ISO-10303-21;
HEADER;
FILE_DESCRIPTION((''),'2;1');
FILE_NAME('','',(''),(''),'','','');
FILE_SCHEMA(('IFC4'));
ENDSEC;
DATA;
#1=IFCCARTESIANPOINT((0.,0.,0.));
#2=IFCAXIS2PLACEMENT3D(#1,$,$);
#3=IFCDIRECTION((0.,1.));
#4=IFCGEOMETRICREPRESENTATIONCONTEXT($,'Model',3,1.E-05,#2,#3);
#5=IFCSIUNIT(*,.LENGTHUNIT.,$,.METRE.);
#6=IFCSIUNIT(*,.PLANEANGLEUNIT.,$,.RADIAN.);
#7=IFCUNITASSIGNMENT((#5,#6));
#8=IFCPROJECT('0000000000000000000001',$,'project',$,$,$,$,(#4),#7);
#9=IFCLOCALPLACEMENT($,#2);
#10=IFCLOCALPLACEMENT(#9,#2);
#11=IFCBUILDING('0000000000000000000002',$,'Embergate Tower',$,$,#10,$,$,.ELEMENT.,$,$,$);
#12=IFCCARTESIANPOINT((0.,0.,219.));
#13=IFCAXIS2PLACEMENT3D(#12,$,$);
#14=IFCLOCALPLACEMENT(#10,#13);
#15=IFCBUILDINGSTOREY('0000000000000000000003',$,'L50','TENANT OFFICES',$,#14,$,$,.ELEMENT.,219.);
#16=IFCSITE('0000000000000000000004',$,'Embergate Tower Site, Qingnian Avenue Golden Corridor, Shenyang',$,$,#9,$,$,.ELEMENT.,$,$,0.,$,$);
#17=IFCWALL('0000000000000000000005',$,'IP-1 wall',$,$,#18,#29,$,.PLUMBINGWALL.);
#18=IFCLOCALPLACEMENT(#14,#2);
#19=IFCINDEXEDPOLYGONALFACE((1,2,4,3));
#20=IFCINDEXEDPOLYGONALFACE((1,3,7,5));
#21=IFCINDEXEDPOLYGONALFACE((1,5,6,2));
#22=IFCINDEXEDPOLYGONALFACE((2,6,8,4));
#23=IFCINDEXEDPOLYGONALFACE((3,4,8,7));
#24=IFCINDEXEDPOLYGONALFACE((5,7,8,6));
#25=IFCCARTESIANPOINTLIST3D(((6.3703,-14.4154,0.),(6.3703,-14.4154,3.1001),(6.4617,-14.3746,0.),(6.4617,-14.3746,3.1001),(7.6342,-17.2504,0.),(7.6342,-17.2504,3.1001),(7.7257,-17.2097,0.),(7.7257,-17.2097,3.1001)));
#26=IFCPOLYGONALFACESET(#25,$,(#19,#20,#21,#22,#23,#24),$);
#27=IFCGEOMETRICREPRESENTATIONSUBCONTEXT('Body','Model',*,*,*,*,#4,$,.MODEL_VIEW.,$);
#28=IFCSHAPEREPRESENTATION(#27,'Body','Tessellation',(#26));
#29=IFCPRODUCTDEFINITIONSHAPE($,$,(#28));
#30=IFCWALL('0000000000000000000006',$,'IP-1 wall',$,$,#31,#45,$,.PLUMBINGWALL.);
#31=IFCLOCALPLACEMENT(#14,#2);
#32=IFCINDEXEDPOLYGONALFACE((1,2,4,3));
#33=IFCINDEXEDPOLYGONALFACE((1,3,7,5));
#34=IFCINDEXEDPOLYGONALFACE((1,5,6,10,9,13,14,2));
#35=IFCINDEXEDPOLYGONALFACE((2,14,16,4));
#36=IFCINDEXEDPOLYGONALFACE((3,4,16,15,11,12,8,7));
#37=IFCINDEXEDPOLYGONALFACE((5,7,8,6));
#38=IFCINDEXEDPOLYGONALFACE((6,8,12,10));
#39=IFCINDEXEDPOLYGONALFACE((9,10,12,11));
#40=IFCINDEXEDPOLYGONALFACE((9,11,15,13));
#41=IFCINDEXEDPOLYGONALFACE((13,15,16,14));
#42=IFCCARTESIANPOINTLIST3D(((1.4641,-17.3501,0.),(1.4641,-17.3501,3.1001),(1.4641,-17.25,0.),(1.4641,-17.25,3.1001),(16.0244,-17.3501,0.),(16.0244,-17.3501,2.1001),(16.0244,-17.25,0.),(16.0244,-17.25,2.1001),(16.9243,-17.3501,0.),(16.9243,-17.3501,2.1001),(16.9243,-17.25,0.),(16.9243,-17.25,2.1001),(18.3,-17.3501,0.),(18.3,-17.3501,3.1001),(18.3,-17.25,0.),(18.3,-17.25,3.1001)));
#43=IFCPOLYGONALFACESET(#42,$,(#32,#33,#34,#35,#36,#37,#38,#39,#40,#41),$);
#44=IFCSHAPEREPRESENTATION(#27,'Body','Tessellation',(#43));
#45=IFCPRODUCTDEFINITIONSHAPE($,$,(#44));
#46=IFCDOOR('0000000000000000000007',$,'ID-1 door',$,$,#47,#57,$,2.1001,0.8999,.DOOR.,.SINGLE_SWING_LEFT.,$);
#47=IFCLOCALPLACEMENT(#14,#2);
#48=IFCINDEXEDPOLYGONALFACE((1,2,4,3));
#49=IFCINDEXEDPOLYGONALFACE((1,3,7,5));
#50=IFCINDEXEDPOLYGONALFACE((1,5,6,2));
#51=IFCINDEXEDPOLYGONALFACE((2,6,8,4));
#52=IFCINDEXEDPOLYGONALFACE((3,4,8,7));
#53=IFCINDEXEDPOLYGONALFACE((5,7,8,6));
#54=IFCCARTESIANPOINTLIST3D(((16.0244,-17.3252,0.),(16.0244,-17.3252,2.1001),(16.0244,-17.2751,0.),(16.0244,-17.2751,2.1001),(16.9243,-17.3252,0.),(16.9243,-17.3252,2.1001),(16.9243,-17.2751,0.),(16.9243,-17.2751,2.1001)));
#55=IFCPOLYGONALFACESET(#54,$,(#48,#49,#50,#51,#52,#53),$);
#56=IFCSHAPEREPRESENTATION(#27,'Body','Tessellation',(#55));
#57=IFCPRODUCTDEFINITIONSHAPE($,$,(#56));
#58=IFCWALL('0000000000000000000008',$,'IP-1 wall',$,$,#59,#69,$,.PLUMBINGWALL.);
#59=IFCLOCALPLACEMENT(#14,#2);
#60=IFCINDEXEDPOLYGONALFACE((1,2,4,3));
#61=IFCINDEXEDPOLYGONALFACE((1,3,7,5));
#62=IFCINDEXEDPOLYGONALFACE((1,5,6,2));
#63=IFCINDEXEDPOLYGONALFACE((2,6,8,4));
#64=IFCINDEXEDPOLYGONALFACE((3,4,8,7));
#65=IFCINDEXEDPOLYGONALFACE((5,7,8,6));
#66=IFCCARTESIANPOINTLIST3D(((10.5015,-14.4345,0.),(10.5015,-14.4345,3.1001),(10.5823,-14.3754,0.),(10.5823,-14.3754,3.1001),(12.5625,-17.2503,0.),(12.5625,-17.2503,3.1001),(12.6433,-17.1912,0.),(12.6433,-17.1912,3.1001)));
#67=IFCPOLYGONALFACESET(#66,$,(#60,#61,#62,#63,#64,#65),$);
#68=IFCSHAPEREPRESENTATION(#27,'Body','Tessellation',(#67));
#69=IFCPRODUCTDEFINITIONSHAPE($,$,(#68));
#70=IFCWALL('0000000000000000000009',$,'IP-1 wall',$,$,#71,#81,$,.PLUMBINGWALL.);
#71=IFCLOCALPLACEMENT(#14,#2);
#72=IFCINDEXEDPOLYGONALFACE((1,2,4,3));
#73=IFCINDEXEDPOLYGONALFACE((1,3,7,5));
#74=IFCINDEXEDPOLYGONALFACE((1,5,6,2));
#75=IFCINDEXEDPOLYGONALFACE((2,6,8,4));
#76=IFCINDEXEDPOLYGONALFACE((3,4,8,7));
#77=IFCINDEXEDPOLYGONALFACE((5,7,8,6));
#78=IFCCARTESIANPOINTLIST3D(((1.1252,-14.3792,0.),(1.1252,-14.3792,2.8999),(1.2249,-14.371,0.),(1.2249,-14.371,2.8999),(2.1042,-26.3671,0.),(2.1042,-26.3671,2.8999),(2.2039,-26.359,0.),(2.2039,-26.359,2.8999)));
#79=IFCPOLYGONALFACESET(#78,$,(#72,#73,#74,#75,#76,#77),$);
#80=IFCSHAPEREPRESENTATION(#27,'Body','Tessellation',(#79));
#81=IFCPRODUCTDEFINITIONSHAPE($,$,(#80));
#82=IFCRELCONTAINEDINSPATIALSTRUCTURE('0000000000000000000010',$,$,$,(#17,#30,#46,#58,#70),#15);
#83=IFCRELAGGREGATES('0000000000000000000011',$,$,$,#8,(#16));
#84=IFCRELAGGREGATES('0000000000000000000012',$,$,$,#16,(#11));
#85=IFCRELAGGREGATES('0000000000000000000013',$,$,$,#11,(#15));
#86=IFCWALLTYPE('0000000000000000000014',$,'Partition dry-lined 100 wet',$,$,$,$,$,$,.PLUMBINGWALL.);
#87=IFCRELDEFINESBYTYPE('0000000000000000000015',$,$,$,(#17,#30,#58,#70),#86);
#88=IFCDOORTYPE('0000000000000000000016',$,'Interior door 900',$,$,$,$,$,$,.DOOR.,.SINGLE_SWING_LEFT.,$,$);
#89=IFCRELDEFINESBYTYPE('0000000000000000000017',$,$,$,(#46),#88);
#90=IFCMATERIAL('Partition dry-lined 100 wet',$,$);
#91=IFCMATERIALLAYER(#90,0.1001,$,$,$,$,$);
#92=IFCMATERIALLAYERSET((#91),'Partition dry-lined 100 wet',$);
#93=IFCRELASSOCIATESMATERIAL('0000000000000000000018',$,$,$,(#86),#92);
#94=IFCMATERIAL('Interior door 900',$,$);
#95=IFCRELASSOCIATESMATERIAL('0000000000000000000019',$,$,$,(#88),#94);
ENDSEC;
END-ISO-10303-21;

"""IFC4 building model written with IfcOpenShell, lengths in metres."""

from ifc_helpers import new_model, si_unit, direction, frame, frame_2d, origin, place, context, subcontext, project, spatial, rectangle, extrude, source, transform, mapped, material, layer, layer_set, type_object, element, fill, save


model = new_model("IFC4")

# Units and contexts
model_context = context("Model", 3, precision=1e-05, world=origin(), true_north=direction((0.0, 1.0)))
body_context = subcontext(model_context, "Body", "Model", "MODEL_VIEW")
ifc_project = project(units=[si_unit("LENGTHUNIT", "METRE"), si_unit("PLANEANGLEUNIT", "RADIAN")], contexts=[model_context])

# Site, building, storey
site_placement = place(None, origin())
site = spatial("IfcSite", under=ifc_project, at=site_placement, Name="Embergate Tower Site, Qingnian Avenue Golden Corridor, Shenyang", CompositionType="ELEMENT", RefElevation=0.0)
building_placement = place(site_placement, origin())
building = spatial("IfcBuilding", under=site, at=building_placement, Name="Embergate Tower", CompositionType="ELEMENT")
storey_placement = place(building_placement, frame((0.0, 0.0, 219.0)))
storey = spatial("IfcBuildingStorey", under=building, at=storey_placement, Name="L50", Description="TENANT OFFICES", CompositionType="ELEMENT", Elevation=219.0)

# Shared definitions
shared_shape_1 = source(origin(), body_context, "Body", "SweptSolid", [
    extrude(rectangle(XDim=0.8999, YDim=2.1001, at=frame_2d((0.45, 1.05))), frame((0.0, 0.0249, 0.0), z_axis=(0.0, -1.0, 0.0), x_axis=(1.0, 0.0, 0.0)), (0.0, 0.0, 1.0), 0.05),
])

# Wall
ifc_material_1 = material(Name="Partition dry-lined 100 wet")
ifc_layer_1 = layer(ifc_material_1, 0.1001)
ifc_layer_set_1 = layer_set([ifc_layer_1], Name="Partition dry-lined 100 wet")
wall_type_1 = type_object("IfcWallType", Name="Partition dry-lined 100 wet", PredefinedType="PLUMBINGWALL", material=ifc_layer_set_1)
shared_shape_2 = source(origin(), body_context, "Body", "SweptSolid", [
    extrude(rectangle(XDim=3.104, YDim=0.1001, at=frame_2d((1.552, 0.0))), origin(), (0.0, 0.0, 1.0), 3.1001),
])
wall_1_placement = place(storey_placement, frame((6.416, -14.395, 0.0), z_axis=(0.0, 0.0, 1.0), x_axis=(0.407196, -0.913341, 0.0)))
element("IfcWall", 1, at=wall_1_placement, inside=storey, type_object=wall_type_1, Name="IP-1 wall", PredefinedType="PLUMBINGWALL", context=body_context, shape_type="MappedRepresentation", body=[
    mapped(shared_shape_2, transform((0.0, 0.0, 0.0))),
])

# Wall, opening, door
shared_shape_3 = source(origin(), body_context, "Body", "SweptSolid", [
    extrude(rectangle(XDim=16.8359, YDim=0.1001, at=frame_2d((8.418, 0.0))), origin(), (0.0, 0.0, 1.0), 3.1001),
])
wall_2_placement = place(storey_placement, frame((1.4641, -17.3, 0.0), z_axis=(0.0, 0.0, 1.0), x_axis=(1.0, 0.0, 0.0)))
wall_2 = element("IfcWall", 2, at=wall_2_placement, inside=storey, type_object=wall_type_1, Name="IP-1 wall", PredefinedType="PLUMBINGWALL", context=body_context, shape_type="MappedRepresentation", body=[
    mapped(shared_shape_3, transform((0.0, 0.0, 0.0))),
])
shared_shape_4 = source(origin(), body_context, "Body", "SweptSolid", [
    extrude(rectangle(XDim=0.8999, YDim=2.1001, at=frame_2d((0.45, 1.05))), frame((0.0, 0.0601, 0.0), z_axis=(0.0, -1.0, 0.0), x_axis=(1.0, 0.0, 0.0)), (0.0, 0.0, 1.0), 0.1201),
])
opening_1_placement = place(wall_2_placement, frame((14.5603, 0.0, 0.0)))
opening_1 = element("IfcOpeningElement", 3, at=opening_1_placement, cuts=wall_2, PredefinedType="OPENING", context=body_context, shape_type="MappedRepresentation", body=[
    mapped(shared_shape_4, transform((0.0, 0.0, 0.0))),
])
ifc_material_2 = material(Name="Interior door 900")
door_type_1 = type_object("IfcDoorType", Name="Interior door 900", OperationType="SINGLE_SWING_LEFT", PredefinedType="DOOR", material=ifc_material_2)
door_1_placement = place(opening_1_placement, origin())
door_1 = element("IfcDoor", 4, at=door_1_placement, inside=storey, type_object=door_type_1, Name="ID-1 door", OperationType="SINGLE_SWING_LEFT", OverallHeight=2.1001, OverallWidth=0.8999, PredefinedType="DOOR", context=body_context, shape_type="MappedRepresentation", body=[
    mapped(shared_shape_1, transform((0.0, 0.0, 0.0))),
])
fill(opening_1, door_1)

# Walls
shared_shape_5 = source(origin(), body_context, "Body", "SweptSolid", [
    extrude(rectangle(XDim=3.4895, YDim=0.1001, at=frame_2d((1.7446, 0.0))), origin(), (0.0, 0.0, 1.0), 3.1001),
])
wall_3_placement = place(storey_placement, frame((10.542, -14.405, 0.0), z_axis=(0.0, 0.0, 1.0), x_axis=(0.590623, -0.806947, 0.0)))
element("IfcWall", 5, at=wall_3_placement, inside=storey, type_object=wall_type_1, Name="IP-1 wall", PredefinedType="PLUMBINGWALL", context=body_context, shape_type="MappedRepresentation", body=[
    mapped(shared_shape_5, transform((0.0, 0.0, 0.0))),
])
shared_shape_6 = source(origin(), body_context, "Body", "SweptSolid", [
    extrude(rectangle(XDim=12.0278, YDim=0.1001, at=frame_2d((6.0139, 0.0))), origin(), (0.0, 0.0, 1.0), 2.8999),
])
wall_4_placement = place(storey_placement, frame((2.1541, -26.363, 0.0), z_axis=(0.0, 0.0, 1.0), x_axis=(-0.081394, 0.996682, 0.0)))
element("IfcWall", 6, at=wall_4_placement, inside=storey, type_object=wall_type_1, Name="IP-1 wall", PredefinedType="PLUMBINGWALL", context=body_context, shape_type="MappedRepresentation", body=[
    mapped(shared_shape_6, transform((0.0, 0.0, 0.0))),
])

save(model, "model.ifc")
